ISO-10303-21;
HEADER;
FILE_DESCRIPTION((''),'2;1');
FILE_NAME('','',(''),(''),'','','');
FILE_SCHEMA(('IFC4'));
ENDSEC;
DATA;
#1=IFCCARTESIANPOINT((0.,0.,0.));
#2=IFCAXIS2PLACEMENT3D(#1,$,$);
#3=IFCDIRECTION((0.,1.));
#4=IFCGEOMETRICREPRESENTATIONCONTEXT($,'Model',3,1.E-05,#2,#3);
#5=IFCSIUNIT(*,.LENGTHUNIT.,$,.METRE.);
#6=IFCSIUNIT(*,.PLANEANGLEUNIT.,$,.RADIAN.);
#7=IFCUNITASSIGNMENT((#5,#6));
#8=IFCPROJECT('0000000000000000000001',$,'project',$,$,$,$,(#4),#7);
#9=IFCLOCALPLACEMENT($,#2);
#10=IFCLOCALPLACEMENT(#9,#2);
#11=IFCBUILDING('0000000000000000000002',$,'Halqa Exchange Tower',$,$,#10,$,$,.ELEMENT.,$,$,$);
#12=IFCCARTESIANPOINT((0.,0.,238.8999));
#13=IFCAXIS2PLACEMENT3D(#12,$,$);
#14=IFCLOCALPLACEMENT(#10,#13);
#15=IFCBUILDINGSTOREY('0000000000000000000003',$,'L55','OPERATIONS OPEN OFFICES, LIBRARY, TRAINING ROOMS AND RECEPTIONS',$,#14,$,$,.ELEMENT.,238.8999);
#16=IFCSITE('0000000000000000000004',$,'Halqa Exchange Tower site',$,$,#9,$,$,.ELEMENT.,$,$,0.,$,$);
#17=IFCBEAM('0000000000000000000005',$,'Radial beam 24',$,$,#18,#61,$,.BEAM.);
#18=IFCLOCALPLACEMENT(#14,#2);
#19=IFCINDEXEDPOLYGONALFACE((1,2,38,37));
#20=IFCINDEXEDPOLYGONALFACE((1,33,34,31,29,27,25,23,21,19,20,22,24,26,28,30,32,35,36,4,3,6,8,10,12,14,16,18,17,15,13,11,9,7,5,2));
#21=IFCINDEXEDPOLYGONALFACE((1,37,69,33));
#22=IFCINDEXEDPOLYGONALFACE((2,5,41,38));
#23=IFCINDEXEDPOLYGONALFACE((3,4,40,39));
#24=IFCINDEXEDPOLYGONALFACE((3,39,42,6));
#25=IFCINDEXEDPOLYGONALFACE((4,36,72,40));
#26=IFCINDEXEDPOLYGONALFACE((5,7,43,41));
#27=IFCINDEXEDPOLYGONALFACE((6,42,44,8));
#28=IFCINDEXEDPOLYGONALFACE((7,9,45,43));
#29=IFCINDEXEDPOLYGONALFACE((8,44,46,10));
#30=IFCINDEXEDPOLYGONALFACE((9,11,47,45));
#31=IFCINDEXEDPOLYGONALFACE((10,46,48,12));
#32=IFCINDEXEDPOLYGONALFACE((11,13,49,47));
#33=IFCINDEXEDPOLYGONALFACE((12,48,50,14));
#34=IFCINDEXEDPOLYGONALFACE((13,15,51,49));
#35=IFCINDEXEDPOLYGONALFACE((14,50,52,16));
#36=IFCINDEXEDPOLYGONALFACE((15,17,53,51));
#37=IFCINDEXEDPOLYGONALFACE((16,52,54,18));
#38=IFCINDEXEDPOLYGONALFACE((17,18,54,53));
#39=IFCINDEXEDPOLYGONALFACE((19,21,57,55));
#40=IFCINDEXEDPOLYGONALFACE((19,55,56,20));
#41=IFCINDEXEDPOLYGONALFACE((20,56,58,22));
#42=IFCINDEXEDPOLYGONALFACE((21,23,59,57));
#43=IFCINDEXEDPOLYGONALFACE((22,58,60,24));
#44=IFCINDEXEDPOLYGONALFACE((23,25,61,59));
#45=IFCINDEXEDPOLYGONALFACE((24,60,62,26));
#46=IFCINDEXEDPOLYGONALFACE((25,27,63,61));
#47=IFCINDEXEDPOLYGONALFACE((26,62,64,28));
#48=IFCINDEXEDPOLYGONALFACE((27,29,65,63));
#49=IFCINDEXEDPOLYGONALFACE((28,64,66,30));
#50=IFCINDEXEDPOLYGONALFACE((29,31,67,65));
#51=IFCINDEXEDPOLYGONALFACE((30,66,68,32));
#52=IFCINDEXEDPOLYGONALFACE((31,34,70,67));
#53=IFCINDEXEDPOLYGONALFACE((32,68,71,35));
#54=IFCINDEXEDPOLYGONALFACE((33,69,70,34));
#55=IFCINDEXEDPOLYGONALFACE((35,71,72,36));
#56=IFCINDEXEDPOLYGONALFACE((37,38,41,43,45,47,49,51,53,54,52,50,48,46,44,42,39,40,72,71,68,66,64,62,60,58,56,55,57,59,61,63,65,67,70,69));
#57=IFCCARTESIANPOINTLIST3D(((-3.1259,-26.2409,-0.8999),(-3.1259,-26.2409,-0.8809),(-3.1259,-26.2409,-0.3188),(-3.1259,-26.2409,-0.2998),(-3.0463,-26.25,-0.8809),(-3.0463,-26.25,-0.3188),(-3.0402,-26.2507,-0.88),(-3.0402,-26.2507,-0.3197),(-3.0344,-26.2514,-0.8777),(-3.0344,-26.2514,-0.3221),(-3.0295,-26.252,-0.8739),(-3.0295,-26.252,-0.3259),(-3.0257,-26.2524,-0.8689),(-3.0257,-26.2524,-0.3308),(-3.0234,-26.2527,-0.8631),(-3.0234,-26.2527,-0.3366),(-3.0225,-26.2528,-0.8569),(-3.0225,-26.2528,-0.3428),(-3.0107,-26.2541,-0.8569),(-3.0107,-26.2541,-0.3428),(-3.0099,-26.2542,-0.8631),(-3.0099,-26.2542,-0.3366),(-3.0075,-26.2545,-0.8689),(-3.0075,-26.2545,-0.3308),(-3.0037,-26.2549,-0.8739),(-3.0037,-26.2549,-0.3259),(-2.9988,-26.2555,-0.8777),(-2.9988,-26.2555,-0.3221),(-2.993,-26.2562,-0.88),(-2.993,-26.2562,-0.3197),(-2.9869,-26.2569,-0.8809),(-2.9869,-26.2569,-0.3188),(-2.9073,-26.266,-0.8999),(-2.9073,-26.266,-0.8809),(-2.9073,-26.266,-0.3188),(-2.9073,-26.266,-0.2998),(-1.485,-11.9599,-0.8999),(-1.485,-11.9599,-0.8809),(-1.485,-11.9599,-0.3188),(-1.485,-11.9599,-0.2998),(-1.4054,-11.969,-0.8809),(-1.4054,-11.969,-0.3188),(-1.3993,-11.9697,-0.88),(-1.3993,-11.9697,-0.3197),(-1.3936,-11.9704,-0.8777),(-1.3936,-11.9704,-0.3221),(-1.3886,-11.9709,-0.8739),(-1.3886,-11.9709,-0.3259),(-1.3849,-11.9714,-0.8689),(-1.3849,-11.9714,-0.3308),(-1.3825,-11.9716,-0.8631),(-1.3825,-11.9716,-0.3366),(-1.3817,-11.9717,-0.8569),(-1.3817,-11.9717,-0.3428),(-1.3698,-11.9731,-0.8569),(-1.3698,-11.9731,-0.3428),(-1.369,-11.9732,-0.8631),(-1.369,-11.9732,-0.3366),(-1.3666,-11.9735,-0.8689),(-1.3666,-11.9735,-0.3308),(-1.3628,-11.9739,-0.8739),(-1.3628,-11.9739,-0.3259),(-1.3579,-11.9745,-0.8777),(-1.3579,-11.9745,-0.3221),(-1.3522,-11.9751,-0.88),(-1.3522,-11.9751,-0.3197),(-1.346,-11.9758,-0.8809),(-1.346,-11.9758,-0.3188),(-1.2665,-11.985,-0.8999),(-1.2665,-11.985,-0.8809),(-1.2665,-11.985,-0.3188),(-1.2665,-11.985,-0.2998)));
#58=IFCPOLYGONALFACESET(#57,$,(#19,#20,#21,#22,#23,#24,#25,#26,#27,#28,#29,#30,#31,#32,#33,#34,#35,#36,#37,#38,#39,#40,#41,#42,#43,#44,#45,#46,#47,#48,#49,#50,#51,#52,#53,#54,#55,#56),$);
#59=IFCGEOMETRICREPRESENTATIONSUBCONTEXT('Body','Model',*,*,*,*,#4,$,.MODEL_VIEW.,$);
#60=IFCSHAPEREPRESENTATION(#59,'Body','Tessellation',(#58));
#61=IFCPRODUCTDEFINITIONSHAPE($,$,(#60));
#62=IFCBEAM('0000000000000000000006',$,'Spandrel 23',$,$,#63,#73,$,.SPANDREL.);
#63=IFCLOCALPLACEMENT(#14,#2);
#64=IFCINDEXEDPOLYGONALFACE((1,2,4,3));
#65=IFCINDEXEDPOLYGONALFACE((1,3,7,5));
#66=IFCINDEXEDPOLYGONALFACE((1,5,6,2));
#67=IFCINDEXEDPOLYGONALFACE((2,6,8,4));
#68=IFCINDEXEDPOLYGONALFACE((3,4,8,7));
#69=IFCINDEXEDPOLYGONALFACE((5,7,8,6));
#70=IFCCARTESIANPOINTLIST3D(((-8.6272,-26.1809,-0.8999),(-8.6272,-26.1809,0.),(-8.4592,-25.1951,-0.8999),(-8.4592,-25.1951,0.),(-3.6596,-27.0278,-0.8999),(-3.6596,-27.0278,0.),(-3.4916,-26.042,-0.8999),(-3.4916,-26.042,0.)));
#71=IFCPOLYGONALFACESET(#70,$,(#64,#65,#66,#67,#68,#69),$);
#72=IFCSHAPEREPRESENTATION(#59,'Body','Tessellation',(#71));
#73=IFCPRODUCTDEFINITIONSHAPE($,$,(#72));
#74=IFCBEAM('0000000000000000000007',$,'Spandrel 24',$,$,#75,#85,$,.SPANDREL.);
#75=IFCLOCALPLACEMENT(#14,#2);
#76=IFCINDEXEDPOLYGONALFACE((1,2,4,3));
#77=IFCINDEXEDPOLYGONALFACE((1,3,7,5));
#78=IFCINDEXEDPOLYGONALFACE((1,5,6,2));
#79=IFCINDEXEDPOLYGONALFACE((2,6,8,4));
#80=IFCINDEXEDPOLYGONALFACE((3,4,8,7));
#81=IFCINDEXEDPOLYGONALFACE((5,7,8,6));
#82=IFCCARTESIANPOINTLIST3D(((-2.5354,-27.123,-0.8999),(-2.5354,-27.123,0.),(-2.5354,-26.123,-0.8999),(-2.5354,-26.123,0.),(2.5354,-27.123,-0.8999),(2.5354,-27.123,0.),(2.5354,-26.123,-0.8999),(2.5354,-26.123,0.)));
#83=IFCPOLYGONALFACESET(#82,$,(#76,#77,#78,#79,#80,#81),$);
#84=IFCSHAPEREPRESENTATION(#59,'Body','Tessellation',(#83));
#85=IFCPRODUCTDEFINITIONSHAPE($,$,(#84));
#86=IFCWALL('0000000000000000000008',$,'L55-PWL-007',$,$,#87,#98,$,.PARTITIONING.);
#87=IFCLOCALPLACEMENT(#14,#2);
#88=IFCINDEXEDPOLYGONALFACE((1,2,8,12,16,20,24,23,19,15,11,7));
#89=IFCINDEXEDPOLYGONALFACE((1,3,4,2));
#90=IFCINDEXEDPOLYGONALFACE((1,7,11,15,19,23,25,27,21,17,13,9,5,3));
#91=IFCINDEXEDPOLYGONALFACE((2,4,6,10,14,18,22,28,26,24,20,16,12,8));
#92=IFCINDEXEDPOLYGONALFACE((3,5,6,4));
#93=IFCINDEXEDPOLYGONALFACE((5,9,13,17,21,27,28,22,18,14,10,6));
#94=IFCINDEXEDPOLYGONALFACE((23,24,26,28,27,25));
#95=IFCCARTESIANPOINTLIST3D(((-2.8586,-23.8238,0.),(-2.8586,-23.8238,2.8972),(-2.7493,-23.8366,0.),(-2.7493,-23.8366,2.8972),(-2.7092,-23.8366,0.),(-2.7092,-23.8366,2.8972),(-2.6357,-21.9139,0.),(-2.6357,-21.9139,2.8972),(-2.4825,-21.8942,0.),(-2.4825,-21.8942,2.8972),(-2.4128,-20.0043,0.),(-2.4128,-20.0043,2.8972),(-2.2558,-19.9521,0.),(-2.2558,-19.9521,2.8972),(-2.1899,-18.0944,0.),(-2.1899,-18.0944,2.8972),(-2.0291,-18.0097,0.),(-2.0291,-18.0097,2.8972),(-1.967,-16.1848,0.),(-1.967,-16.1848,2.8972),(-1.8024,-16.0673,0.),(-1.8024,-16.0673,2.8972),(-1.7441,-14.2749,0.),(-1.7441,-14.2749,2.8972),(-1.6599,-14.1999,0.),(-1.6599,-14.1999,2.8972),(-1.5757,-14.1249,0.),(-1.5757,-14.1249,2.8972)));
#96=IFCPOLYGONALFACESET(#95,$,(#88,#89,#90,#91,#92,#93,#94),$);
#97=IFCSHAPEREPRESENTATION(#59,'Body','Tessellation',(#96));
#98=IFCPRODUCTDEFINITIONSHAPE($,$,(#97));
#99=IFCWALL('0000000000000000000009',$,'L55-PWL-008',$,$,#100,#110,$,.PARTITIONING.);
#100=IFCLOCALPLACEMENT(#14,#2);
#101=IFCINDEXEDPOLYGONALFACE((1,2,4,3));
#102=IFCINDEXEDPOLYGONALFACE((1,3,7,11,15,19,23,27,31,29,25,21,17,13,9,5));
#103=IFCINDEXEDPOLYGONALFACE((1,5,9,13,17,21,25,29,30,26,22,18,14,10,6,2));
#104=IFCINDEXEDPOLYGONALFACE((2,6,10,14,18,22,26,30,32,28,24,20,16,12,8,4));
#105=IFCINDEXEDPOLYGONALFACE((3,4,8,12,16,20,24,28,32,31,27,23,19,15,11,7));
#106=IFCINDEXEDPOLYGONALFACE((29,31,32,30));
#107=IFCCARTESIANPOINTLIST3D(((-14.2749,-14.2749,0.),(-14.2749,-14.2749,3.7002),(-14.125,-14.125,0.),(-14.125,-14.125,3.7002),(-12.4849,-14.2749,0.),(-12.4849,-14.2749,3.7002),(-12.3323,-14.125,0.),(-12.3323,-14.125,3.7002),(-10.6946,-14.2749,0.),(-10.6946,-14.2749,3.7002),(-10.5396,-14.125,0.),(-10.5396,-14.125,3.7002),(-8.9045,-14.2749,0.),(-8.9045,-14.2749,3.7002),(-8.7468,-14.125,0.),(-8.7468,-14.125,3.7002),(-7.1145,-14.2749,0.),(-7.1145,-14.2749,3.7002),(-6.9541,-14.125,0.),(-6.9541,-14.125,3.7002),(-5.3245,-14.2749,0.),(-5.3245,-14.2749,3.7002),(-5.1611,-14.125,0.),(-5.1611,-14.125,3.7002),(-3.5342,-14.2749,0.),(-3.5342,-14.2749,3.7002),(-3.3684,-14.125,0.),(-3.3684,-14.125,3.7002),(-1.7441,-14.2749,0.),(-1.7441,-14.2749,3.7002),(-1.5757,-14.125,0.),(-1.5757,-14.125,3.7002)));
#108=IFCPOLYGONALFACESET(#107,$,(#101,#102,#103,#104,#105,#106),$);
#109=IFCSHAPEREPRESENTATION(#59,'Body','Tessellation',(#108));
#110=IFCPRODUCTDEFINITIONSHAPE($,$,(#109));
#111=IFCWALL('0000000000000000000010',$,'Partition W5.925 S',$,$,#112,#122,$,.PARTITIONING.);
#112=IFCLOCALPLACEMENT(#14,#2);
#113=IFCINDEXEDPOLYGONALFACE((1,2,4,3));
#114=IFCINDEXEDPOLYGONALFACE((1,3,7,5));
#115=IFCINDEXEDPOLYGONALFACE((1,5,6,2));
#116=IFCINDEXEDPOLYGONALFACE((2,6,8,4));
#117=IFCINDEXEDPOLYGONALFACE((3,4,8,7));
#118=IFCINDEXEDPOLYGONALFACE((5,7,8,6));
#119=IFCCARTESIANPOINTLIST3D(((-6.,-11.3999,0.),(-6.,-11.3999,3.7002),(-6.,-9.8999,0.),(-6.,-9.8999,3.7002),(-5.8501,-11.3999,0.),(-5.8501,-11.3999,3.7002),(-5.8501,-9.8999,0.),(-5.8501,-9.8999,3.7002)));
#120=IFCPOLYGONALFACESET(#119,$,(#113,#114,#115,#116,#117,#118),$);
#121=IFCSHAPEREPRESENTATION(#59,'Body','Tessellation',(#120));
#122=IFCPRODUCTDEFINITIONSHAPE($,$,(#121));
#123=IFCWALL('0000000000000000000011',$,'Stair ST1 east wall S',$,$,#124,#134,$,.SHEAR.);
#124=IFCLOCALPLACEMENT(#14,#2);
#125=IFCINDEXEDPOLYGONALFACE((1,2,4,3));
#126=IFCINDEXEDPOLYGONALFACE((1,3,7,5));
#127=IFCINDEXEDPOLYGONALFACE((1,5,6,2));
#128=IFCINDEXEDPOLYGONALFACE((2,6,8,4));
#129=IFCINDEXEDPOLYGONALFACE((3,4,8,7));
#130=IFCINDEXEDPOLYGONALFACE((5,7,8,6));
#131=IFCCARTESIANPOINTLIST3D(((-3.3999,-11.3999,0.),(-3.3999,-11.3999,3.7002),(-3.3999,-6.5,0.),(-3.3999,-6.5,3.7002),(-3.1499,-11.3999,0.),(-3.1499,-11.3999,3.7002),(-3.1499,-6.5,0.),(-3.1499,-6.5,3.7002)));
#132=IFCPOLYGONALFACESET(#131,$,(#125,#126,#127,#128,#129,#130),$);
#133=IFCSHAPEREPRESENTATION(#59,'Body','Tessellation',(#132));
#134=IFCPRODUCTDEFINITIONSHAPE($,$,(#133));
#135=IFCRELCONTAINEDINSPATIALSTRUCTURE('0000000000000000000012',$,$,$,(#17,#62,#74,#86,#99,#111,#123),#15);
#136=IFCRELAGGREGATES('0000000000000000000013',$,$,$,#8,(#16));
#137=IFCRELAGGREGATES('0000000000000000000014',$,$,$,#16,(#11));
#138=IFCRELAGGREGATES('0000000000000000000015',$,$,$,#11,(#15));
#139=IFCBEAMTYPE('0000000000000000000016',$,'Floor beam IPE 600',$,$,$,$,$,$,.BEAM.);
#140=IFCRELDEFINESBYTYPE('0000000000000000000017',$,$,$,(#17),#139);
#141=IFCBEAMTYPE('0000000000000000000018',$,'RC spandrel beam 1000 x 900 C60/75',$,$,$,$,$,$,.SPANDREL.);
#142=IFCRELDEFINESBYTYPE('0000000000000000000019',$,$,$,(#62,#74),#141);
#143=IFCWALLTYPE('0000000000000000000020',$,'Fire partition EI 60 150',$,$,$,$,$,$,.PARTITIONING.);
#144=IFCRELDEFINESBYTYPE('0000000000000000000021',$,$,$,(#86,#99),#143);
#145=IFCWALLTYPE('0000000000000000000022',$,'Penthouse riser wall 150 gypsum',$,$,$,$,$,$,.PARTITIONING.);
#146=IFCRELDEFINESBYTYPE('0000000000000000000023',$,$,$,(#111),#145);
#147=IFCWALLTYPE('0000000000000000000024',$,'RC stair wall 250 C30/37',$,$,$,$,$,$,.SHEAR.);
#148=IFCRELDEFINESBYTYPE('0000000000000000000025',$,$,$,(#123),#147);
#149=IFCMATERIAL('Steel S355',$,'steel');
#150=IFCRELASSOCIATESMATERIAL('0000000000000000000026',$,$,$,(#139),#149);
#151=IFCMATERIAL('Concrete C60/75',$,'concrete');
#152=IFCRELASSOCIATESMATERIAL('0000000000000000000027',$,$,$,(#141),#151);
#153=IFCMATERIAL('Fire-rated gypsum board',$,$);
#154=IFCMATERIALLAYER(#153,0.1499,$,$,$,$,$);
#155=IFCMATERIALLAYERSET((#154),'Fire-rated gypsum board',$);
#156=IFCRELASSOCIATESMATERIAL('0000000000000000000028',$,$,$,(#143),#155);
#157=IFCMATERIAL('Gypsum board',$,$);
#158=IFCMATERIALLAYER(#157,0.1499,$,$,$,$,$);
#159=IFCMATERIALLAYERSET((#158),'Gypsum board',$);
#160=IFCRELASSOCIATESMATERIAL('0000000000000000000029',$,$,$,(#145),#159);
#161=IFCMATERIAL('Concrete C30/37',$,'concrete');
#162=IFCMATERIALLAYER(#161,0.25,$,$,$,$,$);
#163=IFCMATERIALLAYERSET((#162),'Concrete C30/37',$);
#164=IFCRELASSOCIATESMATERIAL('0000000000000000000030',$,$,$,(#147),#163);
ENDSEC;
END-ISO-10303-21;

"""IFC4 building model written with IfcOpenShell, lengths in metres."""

from ifc_helpers import new_model, si_unit, direction, frame, frame_2d, origin, origin_2d, place, context, subcontext, project, spatial, polyline, rectangle, i_section, outline, extrude, material, layer, layer_set, material_profile, profile_set, type_object, element, save


model = new_model("IFC4")

# Units and contexts
model_context = context("Model", 3, precision=1e-05, world=origin(), true_north=direction((0.0, 1.0)))
body_context = subcontext(model_context, "Body", "Model", "MODEL_VIEW")
ifc_project = project(units=[si_unit("LENGTHUNIT", "METRE"), si_unit("PLANEANGLEUNIT", "RADIAN")], contexts=[model_context])

# Site, building, storey
site_placement = place(None, origin())
site = spatial("IfcSite", under=ifc_project, at=site_placement, Name="Halqa Exchange Tower site", CompositionType="ELEMENT", RefElevation=0.0)
building_placement = place(site_placement, origin())
building = spatial("IfcBuilding", under=site, at=building_placement, Name="Halqa Exchange Tower", CompositionType="ELEMENT")
storey_placement = place(building_placement, frame((0.0, 0.0, 238.8999)))
storey = spatial("IfcBuildingStorey", under=building, at=storey_placement, Name="L55", Description="OPERATIONS OPEN OFFICES, LIBRARY, TRAINING ROOMS AND RECEPTIONS", CompositionType="ELEMENT", Elevation=238.8999)

# Shared definitions
ifc_material_1 = material(Name="Concrete C60/75", Category="concrete")

# Beams
ifc_material_2 = material(Name="Steel S355", Category="steel")
ifc_material_profile_1 = material_profile(ifc_material_2, i_section(OverallWidth=0.22, OverallDepth=0.6001, WebThickness=0.012, FlangeThickness=0.019, FilletRadius=0.0239, at=origin_2d()), Name="IPE 600")
ifc_profile_set_1 = profile_set([ifc_material_profile_1], Name="Steel S355")
beam_type_1 = type_object("IfcBeamType", Name="Floor beam IPE 600", PredefinedType="BEAM", material=ifc_profile_set_1)
beam_1_placement = place(storey_placement, frame((-1.3757, -11.9724, -0.5999), z_axis=(-0.114148, -0.993464, 0.0), x_axis=(0.993464, -0.114148, 0.0)))
element("IfcBeam", 1, at=beam_1_placement, inside=storey, type_object=beam_type_1, Name="Radial beam 24", PredefinedType="BEAM", context=body_context, shape_type="SweptSolid", body=[
    extrude(i_section(OverallWidth=0.22, OverallDepth=0.6001, WebThickness=0.012, FlangeThickness=0.019, FilletRadius=0.0239, at=origin_2d()), origin(), (0.0, 0.0, 1.0), 14.375),
])
ifc_material_profile_2 = material_profile(ifc_material_1, rectangle(XDim=1.0, YDim=0.8999, at=origin_2d()), Name="1000 x 900")
ifc_profile_set_2 = profile_set([ifc_material_profile_2], Name="Concrete C60/75")
beam_type_2 = type_object("IfcBeamType", Name="RC spandrel beam 1000 x 900 C60/75", PredefinedType="SPANDREL", material=ifc_profile_set_2)
beam_2_placement = place(storey_placement, frame((-8.5432, -25.688, -0.45), z_axis=(0.985776, -0.168067, 0.0), x_axis=(0.168067, 0.985776, 0.0)))
element("IfcBeam", 2, at=beam_2_placement, inside=storey, type_object=beam_type_2, Name="Spandrel 23", PredefinedType="SPANDREL", context=body_context, shape_type="SweptSolid", body=[
    extrude(rectangle(XDim=1.0, YDim=0.8999, at=origin_2d()), origin(), (0.0, 0.0, 1.0), 5.0393),
])
beam_3_placement = place(storey_placement, frame((-2.5354, -26.623, -0.45), z_axis=(1.0, 0.0, 0.0), x_axis=(0.0, 1.0, 0.0)))
element("IfcBeam", 3, at=beam_3_placement, inside=storey, type_object=beam_type_2, Name="Spandrel 24", PredefinedType="SPANDREL", context=body_context, shape_type="SweptSolid", body=[
    extrude(rectangle(XDim=1.0, YDim=0.8999, at=origin_2d()), origin(), (0.0, 0.0, 1.0), 5.0708),
])

# Walls
ifc_material_3 = material(Name="Fire-rated gypsum board")
ifc_layer_1 = layer(ifc_material_3, 0.1499)
ifc_layer_set_1 = layer_set([ifc_layer_1], Name="Fire-rated gypsum board")
wall_type_1 = type_object("IfcWallType", Name="Fire partition EI 60 150", PredefinedType="PARTITIONING", material=ifc_layer_set_1)
wall_1_placement = place(storey_placement, frame((-2.7842, -23.8325, 0.0), z_axis=(0.0, 0.0, 1.0), x_axis=(0.115927, 0.993258, 0.0)))
element("IfcWall", 4, at=wall_1_placement, inside=storey, type_object=wall_type_1, Name="L55-PWL-007", PredefinedType="PARTITIONING", context=body_context, shape_type="SweptSolid", body=[
    extrude(outline(polyline([(0.0046, -0.075), (1.9602, -0.075), (3.9155, -0.075), (5.8711, -0.075), (7.8267, -0.075), (9.7822, -0.075), (9.698, 0.0), (9.6138, 0.075), (7.6909, 0.075), (5.7683, 0.075), (3.8455, 0.075), (1.9229, 0.075), (0.0, 0.075), (0.0, -0.0352), (0.0046, -0.075)])), origin(), (0.0, 0.0, 1.0), 2.8972),
])
wall_2_placement = place(storey_placement, frame((-1.5757, -14.2, 0.0), z_axis=(0.0, 0.0, 1.0), x_axis=(-1.0, 0.0, 0.0)))
element("IfcWall", 5, at=wall_2_placement, inside=storey, type_object=wall_type_1, Name="L55-PWL-008", PredefinedType="PARTITIONING", context=body_context, shape_type="SweptSolid", body=[
    extrude(outline(polyline([(0.0, -0.075), (1.7927, -0.075), (3.5854, -0.075), (5.3784, -0.075), (7.1711, -0.075), (8.9639, -0.075), (10.7566, -0.075), (12.5493, -0.075), (12.6992, 0.075), (10.9092, 0.075), (9.1189, 0.075), (7.3289, 0.075), (5.5388, 0.075), (3.7488, 0.075), (1.9585, 0.075), (0.1685, 0.075), (0.0, -0.075)])), origin(), (0.0, 0.0, 1.0), 3.7002),
])
ifc_material_4 = material(Name="Gypsum board")
ifc_layer_2 = layer(ifc_material_4, 0.1499)
ifc_layer_set_2 = layer_set([ifc_layer_2], Name="Gypsum board")
wall_type_2 = type_object("IfcWallType", Name="Penthouse riser wall 150 gypsum", PredefinedType="PARTITIONING", material=ifc_layer_set_2)
wall_3_placement = place(storey_placement, frame((-5.925, -11.3999, 0.0), z_axis=(0.0, 0.0, 1.0), x_axis=(0.0, 1.0, 0.0)))
element("IfcWall", 6, at=wall_3_placement, inside=storey, type_object=wall_type_2, Name="Partition W5.925 S", PredefinedType="PARTITIONING", context=body_context, shape_type="SweptSolid", body=[
    extrude(rectangle(XDim=1.5, YDim=0.1499, at=frame_2d((0.75, 0.0))), origin(), (0.0, 0.0, 1.0), 3.7002),
])
ifc_material_5 = material(Name="Concrete C30/37", Category="concrete")
ifc_layer_3 = layer(ifc_material_5, 0.25)
ifc_layer_set_3 = layer_set([ifc_layer_3], Name="Concrete C30/37")
wall_type_3 = type_object("IfcWallType", Name="RC stair wall 250 C30/37", PredefinedType="SHEAR", material=ifc_layer_set_3)
wall_4_placement = place(storey_placement, frame((-3.2749, -11.3999, 0.0), z_axis=(0.0, 0.0, 1.0), x_axis=(0.0, 1.0, 0.0)))
element("IfcWall", 7, at=wall_4_placement, inside=storey, type_object=wall_type_3, Name="Stair ST1 east wall S", PredefinedType="SHEAR", context=body_context, shape_type="SweptSolid", body=[
    extrude(rectangle(XDim=4.8999, YDim=0.25, at=frame_2d((2.45, 0.0))), origin(), (0.0, 0.0, 1.0), 3.7002),
])

save(model, "model.ifc")
